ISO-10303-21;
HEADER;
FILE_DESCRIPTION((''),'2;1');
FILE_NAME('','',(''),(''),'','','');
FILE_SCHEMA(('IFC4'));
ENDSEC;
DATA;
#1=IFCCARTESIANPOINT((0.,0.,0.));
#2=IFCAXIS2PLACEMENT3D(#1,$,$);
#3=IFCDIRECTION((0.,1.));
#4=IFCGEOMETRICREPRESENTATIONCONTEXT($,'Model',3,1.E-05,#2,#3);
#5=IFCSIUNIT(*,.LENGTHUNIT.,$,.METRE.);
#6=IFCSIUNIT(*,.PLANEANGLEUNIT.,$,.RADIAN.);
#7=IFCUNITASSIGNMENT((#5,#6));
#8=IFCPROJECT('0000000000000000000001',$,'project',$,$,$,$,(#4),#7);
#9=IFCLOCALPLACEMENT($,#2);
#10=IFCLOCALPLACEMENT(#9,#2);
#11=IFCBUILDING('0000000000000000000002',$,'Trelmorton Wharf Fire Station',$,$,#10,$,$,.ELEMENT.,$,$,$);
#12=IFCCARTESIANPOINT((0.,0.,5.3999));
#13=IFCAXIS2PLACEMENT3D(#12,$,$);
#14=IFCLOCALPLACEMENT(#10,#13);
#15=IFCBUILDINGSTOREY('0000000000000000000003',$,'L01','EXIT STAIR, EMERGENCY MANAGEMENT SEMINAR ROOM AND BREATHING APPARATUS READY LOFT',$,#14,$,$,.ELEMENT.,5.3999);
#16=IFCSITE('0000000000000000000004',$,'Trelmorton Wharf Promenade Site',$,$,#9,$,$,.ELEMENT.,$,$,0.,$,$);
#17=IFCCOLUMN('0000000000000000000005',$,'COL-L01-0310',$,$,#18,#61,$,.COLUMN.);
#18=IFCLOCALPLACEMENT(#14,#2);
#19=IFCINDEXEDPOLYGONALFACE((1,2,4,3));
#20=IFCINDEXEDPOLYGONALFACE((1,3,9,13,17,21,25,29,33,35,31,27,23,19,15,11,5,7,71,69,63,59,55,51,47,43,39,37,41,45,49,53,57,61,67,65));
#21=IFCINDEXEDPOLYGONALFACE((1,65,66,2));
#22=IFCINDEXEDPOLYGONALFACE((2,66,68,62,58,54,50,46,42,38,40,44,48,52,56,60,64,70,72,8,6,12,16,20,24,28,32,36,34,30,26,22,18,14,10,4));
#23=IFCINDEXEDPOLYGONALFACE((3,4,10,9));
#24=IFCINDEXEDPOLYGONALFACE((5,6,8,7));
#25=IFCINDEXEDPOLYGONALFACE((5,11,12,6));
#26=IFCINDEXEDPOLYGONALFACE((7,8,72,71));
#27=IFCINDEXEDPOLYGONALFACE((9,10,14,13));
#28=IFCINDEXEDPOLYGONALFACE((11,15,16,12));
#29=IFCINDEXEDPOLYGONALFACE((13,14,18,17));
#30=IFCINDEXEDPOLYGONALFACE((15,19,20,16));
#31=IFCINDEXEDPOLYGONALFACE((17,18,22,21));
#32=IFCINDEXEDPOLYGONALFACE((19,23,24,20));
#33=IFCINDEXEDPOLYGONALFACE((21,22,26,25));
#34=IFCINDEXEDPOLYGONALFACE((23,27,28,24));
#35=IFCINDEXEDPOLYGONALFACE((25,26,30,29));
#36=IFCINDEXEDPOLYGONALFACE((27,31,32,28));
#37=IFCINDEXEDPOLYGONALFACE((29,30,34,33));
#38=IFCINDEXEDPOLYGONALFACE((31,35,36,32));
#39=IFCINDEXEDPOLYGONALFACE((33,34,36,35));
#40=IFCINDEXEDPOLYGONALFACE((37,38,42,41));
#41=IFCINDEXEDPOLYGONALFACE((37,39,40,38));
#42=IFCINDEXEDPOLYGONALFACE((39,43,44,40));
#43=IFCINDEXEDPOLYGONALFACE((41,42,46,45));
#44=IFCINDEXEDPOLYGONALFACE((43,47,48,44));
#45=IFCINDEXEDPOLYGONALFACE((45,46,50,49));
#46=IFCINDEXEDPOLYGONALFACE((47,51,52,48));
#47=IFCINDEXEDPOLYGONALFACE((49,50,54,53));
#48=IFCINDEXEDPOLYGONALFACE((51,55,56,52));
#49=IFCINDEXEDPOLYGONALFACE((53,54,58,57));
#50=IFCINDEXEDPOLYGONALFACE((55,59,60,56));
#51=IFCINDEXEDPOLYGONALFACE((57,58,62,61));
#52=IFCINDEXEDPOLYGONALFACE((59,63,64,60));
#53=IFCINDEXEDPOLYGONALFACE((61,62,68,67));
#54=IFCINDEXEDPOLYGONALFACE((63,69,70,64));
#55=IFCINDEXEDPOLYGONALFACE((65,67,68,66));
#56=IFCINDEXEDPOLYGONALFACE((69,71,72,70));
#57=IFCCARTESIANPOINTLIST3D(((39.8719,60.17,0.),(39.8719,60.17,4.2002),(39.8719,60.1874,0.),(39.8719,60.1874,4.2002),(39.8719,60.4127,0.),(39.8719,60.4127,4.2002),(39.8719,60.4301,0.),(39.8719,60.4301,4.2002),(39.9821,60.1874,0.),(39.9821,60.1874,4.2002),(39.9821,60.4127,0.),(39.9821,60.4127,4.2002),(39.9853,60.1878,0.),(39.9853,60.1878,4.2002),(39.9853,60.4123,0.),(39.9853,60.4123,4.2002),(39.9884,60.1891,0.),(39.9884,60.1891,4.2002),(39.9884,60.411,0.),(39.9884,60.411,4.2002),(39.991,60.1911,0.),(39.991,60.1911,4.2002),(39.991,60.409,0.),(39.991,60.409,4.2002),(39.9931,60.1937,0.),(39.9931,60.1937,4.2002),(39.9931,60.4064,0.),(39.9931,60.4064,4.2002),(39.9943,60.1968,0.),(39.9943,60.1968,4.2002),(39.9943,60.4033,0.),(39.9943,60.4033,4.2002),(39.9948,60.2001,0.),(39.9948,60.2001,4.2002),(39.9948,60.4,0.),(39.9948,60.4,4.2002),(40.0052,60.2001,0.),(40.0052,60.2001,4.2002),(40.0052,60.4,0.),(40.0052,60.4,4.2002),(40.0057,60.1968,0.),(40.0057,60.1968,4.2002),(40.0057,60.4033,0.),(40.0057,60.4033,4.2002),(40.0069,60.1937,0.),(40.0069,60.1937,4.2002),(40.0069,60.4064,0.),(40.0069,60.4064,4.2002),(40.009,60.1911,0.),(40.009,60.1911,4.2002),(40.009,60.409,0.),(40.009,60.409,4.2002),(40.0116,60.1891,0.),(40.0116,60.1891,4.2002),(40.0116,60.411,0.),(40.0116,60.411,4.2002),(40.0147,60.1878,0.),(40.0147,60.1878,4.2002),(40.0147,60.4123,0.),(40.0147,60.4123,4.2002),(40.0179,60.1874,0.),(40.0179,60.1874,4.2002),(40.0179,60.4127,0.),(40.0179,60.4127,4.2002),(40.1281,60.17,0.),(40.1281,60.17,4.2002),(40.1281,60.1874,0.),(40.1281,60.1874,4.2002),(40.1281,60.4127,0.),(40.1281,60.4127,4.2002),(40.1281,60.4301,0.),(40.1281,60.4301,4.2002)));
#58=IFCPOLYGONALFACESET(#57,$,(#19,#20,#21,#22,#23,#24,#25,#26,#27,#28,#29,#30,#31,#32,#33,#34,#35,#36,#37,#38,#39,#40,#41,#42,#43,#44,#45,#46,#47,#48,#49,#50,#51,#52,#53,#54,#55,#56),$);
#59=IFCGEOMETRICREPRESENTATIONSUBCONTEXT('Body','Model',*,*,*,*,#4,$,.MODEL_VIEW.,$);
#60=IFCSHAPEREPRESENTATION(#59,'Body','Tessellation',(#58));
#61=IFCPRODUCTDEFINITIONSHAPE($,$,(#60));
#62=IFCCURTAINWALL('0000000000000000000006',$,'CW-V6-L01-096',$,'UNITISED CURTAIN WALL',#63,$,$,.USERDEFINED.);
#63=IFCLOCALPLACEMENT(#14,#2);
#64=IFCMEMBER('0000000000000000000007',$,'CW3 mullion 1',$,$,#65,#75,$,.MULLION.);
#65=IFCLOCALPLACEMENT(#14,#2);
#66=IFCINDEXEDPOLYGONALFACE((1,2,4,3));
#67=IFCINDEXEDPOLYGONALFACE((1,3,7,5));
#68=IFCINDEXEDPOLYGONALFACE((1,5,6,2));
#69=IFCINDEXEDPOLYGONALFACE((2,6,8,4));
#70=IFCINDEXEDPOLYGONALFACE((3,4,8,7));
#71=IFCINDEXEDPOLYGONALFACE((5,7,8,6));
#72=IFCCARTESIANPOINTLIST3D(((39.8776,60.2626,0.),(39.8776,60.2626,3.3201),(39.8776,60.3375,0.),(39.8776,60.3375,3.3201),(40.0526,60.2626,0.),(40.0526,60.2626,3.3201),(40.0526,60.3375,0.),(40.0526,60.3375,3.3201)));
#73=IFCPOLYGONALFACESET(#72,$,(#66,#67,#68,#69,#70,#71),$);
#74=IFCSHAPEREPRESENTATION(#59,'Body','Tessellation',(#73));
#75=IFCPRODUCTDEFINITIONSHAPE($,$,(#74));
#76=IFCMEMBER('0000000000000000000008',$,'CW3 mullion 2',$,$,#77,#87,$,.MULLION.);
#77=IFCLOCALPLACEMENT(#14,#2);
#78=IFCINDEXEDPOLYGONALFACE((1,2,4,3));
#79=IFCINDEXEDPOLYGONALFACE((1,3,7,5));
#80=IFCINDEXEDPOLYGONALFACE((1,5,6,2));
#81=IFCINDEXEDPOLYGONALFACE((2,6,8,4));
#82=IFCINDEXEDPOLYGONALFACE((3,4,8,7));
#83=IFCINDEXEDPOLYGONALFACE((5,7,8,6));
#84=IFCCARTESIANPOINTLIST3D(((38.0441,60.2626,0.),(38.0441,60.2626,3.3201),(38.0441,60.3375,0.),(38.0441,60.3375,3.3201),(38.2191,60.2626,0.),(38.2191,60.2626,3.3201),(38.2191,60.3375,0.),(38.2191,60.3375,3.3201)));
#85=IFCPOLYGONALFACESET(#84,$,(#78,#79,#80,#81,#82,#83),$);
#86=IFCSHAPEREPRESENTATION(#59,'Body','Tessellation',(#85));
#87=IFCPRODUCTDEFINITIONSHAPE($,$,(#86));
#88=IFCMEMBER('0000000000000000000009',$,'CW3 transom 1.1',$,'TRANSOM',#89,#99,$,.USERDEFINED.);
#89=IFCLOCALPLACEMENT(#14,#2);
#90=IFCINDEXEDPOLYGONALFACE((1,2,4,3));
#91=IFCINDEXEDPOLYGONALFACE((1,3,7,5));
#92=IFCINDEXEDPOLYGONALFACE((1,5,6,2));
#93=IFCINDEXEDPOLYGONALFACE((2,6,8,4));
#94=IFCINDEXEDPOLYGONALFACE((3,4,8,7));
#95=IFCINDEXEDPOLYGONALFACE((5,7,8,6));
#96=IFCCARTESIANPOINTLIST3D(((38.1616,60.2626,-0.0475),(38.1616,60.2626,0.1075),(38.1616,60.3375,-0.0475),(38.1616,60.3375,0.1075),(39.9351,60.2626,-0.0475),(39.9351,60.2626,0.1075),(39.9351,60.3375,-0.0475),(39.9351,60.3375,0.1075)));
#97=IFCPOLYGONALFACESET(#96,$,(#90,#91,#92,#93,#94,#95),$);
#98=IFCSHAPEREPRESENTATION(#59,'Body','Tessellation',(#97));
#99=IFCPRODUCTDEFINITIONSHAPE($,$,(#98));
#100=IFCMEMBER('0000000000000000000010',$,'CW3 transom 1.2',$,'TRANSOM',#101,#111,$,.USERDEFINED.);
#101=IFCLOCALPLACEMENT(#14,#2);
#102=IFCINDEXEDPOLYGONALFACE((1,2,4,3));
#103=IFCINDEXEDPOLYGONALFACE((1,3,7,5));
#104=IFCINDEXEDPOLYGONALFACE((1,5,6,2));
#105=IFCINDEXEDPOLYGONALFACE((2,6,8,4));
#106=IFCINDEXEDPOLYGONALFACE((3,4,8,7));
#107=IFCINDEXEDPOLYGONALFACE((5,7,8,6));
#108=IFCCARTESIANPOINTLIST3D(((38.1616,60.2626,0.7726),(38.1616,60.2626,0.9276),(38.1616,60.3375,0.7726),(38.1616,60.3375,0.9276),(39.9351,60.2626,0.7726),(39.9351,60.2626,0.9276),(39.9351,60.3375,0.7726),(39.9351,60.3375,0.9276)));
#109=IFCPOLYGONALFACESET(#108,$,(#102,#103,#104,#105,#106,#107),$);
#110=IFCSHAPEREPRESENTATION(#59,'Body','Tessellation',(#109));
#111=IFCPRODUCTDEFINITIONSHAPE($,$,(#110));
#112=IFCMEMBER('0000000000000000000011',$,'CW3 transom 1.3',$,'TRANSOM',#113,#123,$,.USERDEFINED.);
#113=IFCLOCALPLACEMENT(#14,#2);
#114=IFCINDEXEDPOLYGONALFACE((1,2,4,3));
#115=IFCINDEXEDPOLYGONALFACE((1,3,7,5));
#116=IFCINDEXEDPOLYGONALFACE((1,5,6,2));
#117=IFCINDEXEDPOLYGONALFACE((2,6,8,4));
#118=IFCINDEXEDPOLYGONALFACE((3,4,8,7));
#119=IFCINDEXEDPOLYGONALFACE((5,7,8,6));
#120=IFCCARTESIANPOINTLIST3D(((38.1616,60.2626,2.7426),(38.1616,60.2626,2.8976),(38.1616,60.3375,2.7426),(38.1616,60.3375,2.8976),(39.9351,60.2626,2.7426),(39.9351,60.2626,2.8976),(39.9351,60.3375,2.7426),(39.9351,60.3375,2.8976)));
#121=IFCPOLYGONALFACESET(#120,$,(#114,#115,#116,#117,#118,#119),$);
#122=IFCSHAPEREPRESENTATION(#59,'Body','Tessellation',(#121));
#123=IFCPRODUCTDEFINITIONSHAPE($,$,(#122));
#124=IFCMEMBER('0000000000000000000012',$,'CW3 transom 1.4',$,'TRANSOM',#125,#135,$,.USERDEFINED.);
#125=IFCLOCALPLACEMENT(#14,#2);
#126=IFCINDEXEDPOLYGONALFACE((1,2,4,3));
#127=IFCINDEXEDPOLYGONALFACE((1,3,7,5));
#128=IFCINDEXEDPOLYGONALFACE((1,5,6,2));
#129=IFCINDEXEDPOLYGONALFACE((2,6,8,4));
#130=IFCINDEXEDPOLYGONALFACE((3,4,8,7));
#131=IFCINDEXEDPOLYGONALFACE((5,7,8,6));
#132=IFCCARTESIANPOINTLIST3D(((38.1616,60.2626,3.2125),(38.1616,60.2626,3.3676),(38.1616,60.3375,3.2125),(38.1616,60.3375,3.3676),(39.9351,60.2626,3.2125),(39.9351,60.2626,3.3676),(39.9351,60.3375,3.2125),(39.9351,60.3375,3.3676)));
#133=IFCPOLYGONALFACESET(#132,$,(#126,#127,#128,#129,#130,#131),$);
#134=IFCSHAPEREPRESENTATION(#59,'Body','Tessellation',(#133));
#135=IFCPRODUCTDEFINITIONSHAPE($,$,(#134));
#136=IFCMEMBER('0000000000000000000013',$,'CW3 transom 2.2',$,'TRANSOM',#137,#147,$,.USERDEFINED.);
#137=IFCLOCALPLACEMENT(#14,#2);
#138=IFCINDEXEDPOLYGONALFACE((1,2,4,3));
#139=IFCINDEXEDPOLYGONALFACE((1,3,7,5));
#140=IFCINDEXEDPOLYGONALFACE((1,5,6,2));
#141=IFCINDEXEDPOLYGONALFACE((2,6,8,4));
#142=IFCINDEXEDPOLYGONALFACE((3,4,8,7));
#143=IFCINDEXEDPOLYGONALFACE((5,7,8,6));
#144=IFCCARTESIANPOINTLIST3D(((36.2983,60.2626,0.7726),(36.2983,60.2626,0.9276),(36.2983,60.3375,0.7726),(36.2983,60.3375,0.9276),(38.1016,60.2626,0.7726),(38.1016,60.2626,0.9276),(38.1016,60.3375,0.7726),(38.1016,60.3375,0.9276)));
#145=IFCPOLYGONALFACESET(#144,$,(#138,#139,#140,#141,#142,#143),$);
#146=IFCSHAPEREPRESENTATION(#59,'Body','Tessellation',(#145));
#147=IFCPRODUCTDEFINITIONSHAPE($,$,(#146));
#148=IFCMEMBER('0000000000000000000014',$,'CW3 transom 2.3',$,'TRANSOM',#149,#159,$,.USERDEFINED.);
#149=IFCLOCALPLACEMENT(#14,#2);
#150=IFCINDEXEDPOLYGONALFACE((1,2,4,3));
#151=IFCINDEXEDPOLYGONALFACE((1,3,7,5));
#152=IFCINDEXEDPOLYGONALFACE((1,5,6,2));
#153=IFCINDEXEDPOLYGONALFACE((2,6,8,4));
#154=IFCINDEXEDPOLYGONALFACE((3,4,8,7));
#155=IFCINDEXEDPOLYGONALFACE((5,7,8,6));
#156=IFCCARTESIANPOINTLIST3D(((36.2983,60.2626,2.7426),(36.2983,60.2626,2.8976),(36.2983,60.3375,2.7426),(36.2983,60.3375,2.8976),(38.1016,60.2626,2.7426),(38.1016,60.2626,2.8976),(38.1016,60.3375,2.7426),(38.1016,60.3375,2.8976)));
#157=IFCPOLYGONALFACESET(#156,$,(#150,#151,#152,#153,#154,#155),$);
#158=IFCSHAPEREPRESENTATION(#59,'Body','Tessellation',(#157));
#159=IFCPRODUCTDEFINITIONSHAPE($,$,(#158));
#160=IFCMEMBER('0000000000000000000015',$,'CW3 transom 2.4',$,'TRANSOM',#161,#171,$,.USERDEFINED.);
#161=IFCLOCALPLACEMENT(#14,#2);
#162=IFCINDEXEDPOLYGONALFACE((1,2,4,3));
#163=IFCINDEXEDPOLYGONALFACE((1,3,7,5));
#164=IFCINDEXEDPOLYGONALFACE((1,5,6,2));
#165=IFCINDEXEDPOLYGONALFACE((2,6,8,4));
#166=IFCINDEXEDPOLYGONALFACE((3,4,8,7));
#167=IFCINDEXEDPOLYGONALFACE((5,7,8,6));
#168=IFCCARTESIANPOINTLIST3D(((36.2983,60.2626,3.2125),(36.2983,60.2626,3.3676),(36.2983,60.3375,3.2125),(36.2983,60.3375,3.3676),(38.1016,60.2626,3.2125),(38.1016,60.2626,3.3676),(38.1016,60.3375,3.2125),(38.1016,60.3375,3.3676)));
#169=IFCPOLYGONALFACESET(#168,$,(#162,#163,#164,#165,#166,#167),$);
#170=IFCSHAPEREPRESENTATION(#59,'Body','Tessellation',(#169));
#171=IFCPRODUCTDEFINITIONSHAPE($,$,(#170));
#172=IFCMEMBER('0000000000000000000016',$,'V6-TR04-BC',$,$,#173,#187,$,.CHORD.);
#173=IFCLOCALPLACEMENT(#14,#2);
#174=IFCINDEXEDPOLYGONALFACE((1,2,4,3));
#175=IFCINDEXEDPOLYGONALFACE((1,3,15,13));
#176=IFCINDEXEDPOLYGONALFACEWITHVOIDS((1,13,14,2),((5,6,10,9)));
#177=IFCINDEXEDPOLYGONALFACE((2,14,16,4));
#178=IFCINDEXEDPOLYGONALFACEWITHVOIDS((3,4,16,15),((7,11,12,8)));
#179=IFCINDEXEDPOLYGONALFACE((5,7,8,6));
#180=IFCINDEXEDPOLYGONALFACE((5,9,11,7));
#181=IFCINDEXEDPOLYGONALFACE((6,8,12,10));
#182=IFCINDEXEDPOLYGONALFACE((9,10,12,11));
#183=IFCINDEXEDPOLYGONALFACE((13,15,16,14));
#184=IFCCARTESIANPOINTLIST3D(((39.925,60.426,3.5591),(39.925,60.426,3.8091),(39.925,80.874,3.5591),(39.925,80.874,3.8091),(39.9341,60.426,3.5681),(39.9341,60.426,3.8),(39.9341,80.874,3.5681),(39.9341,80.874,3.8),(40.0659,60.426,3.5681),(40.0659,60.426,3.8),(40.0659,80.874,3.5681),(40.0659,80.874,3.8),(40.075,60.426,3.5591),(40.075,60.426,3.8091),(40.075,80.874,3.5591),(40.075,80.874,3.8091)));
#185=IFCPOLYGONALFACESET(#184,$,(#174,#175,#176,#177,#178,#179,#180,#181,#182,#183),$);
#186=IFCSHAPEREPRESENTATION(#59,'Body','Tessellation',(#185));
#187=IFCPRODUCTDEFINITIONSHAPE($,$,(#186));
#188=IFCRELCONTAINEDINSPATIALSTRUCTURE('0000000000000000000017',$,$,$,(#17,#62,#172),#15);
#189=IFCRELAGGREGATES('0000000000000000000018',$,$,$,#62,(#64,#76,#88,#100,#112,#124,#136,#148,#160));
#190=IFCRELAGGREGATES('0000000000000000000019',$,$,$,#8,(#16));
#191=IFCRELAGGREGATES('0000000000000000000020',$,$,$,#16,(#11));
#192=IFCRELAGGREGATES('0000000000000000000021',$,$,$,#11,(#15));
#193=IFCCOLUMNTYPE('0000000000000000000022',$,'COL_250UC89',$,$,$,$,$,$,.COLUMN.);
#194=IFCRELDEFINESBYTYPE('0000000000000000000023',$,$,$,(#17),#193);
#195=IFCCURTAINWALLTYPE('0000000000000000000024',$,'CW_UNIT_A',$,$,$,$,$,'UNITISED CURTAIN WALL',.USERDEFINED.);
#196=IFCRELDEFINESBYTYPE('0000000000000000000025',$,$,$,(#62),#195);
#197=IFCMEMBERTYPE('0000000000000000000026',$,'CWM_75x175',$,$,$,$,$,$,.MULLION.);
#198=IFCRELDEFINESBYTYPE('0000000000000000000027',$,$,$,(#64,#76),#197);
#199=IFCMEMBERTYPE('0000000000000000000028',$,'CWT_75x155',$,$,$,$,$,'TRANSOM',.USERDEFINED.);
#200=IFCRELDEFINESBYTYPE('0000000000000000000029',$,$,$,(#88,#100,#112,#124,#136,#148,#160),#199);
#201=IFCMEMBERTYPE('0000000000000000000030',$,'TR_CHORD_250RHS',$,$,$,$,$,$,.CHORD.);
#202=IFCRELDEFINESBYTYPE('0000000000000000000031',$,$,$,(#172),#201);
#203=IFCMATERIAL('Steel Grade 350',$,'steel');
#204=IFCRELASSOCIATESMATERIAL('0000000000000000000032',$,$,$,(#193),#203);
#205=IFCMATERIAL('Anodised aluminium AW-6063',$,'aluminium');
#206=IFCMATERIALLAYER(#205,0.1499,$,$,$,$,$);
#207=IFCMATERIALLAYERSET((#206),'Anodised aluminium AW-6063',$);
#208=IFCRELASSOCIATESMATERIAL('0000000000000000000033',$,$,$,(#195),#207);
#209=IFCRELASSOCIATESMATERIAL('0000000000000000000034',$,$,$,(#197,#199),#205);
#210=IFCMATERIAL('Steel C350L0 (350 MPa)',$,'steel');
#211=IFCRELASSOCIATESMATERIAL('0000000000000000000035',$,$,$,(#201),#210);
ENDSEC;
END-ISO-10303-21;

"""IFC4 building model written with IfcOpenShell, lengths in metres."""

from ifc_helpers import new_model, si_unit, direction, frame, origin, origin_2d, place, context, subcontext, project, spatial, rectangle, hollow_rectangle, i_section, extrude, material, layer, layer_set, material_profile, profile_set, type_object, element, aggregate, save


model = new_model("IFC4")

# Units and contexts
model_context = context("Model", 3, precision=1e-05, world=origin(), true_north=direction((0.0, 1.0)))
body_context = subcontext(model_context, "Body", "Model", "MODEL_VIEW")
ifc_project = project(units=[si_unit("LENGTHUNIT", "METRE"), si_unit("PLANEANGLEUNIT", "RADIAN")], contexts=[model_context])

# Site, building, storey
site_placement = place(None, origin())
site = spatial("IfcSite", under=ifc_project, at=site_placement, Name="Trelmorton Wharf Promenade Site", CompositionType="ELEMENT", RefElevation=0.0)
building_placement = place(site_placement, origin())
building = spatial("IfcBuilding", under=site, at=building_placement, Name="Trelmorton Wharf Fire Station", CompositionType="ELEMENT")
storey_placement = place(building_placement, frame((0.0, 0.0, 5.3999)))
storey = spatial("IfcBuildingStorey", under=building, at=storey_placement, Name="L01", Description="EXIT STAIR, EMERGENCY MANAGEMENT SEMINAR ROOM AND BREATHING APPARATUS READY LOFT", CompositionType="ELEMENT", Elevation=5.3999)

# Column
ifc_material_1 = material(Name="Steel Grade 350", Category="steel")
ifc_material_profile_1 = material_profile(ifc_material_1, i_section(OverallWidth=0.2561, OverallDepth=0.26, WebThickness=0.0105, FlangeThickness=0.0173, FilletRadius=0.0127, at=origin_2d()), Name="250UC89.5")
ifc_profile_set_1 = profile_set([ifc_material_profile_1], Name="Steel Grade 350")
column_type = type_object("IfcColumnType", Name="COL_250UC89", PredefinedType="COLUMN", material=ifc_profile_set_1)
column_placement = place(storey_placement, frame((40.0, 60.3, 0.0), z_axis=(0.0, 0.0, 1.0), x_axis=(1.0, 0.0, 0.0)))
element("IfcColumn", 1, at=column_placement, inside=storey, type_object=column_type, Name="COL-L01-0310", PredefinedType="COLUMN", context=body_context, shape_type="SweptSolid", body=[
    extrude(i_section(OverallWidth=0.2561, OverallDepth=0.26, WebThickness=0.0105, FlangeThickness=0.0173, FilletRadius=0.0127, at=origin_2d()), origin(), (0.0, 0.0, 1.0), 4.2002),
])

# Curtain wall, members
ifc_material_2 = material(Name="Anodised aluminium AW-6063", Category="aluminium")
ifc_layer_1 = layer(ifc_material_2, 0.1499)
ifc_layer_set_1 = layer_set([ifc_layer_1], Name="Anodised aluminium AW-6063")
curtain_wall_type = type_object("IfcCurtainWallType", Name="CW_UNIT_A", ElementType="UNITISED CURTAIN WALL", PredefinedType="USERDEFINED", material=ifc_layer_set_1)
curtain_wall_placement = place(storey_placement, origin())
curtain_wall = element("IfcCurtainWall", 2, at=curtain_wall_placement, inside=storey, type_object=curtain_wall_type, Name="CW-V6-L01-096", ObjectType="UNITISED CURTAIN WALL", PredefinedType="USERDEFINED")
ifc_material_profile_2 = material_profile(ifc_material_2, rectangle(XDim=0.075, YDim=0.175, at=origin_2d()), Name="ALU-75x175")
ifc_profile_set_2 = profile_set([ifc_material_profile_2], Name="Anodised aluminium AW-6063")
member_type_1 = type_object("IfcMemberType", Name="CWM_75x175", PredefinedType="MULLION", material=ifc_profile_set_2)
member_1_placement = place(storey_placement, frame((39.9651, 60.3, 0.0), z_axis=(0.0, 0.0, 1.0), x_axis=(0.0, -1.0, 0.0)))
member_1 = element("IfcMember", 3, at=member_1_placement, type_object=member_type_1, Name="CW3 mullion 1", PredefinedType="MULLION", context=body_context, shape_type="SweptSolid", body=[
    extrude(rectangle(XDim=0.075, YDim=0.175, at=origin_2d()), origin(), (0.0, 0.0, 1.0), 3.3201),
])
member_2_placement = place(storey_placement, frame((38.1316, 60.3, 0.0), z_axis=(0.0, 0.0, 1.0), x_axis=(0.0, -1.0, 0.0)))
member_2 = element("IfcMember", 4, at=member_2_placement, type_object=member_type_1, Name="CW3 mullion 2", PredefinedType="MULLION", context=body_context, shape_type="SweptSolid", body=[
    extrude(rectangle(XDim=0.075, YDim=0.175, at=origin_2d()), origin(), (0.0, 0.0, 1.0), 3.3201),
])
ifc_material_profile_3 = material_profile(ifc_material_2, rectangle(XDim=0.075, YDim=0.155, at=origin_2d()), Name="ALU-75x155")
ifc_profile_set_3 = profile_set([ifc_material_profile_3], Name="Anodised aluminium AW-6063")
member_type_2 = type_object("IfcMemberType", Name="CWT_75x155", ElementType="TRANSOM", PredefinedType="USERDEFINED", material=ifc_profile_set_3)
member_3_placement = place(storey_placement, frame((39.9351, 60.3, 0.03), z_axis=(-1.0, 0.0, 0.0), x_axis=(0.0, -1.0, 0.0)))
member_3 = element("IfcMember", 5, at=member_3_placement, type_object=member_type_2, Name="CW3 transom 1.1", ObjectType="TRANSOM", PredefinedType="USERDEFINED", context=body_context, shape_type="SweptSolid", body=[
    extrude(rectangle(XDim=0.075, YDim=0.155, at=origin_2d()), origin(), (0.0, 0.0, 1.0), 1.7734),
])
member_4_placement = place(storey_placement, frame((39.9351, 60.3, 0.8501), z_axis=(-1.0, 0.0, 0.0), x_axis=(0.0, -1.0, 0.0)))
member_4 = element("IfcMember", 6, at=member_4_placement, type_object=member_type_2, Name="CW3 transom 1.2", ObjectType="TRANSOM", PredefinedType="USERDEFINED", context=body_context, shape_type="SweptSolid", body=[
    extrude(rectangle(XDim=0.075, YDim=0.155, at=origin_2d()), origin(), (0.0, 0.0, 1.0), 1.7734),
])
member_5_placement = place(storey_placement, frame((39.9351, 60.3, 2.8201), z_axis=(-1.0, 0.0, 0.0), x_axis=(0.0, -1.0, 0.0)))
member_5 = element("IfcMember", 7, at=member_5_placement, type_object=member_type_2, Name="CW3 transom 1.3", ObjectType="TRANSOM", PredefinedType="USERDEFINED", context=body_context, shape_type="SweptSolid", body=[
    extrude(rectangle(XDim=0.075, YDim=0.155, at=origin_2d()), origin(), (0.0, 0.0, 1.0), 1.7734),
])
member_6_placement = place(storey_placement, frame((39.9351, 60.3, 3.29), z_axis=(-1.0, 0.0, 0.0), x_axis=(0.0, -1.0, 0.0)))
member_6 = element("IfcMember", 8, at=member_6_placement, type_object=member_type_2, Name="CW3 transom 1.4", ObjectType="TRANSOM", PredefinedType="USERDEFINED", context=body_context, shape_type="SweptSolid", body=[
    extrude(rectangle(XDim=0.075, YDim=0.155, at=origin_2d()), origin(), (0.0, 0.0, 1.0), 1.7734),
])
member_7_placement = place(storey_placement, frame((38.1016, 60.3, 0.8501), z_axis=(-1.0, 0.0, 0.0), x_axis=(0.0, -1.0, 0.0)))
member_7 = element("IfcMember", 9, at=member_7_placement, type_object=member_type_2, Name="CW3 transom 2.2", ObjectType="TRANSOM", PredefinedType="USERDEFINED", context=body_context, shape_type="SweptSolid", body=[
    extrude(rectangle(XDim=0.075, YDim=0.155, at=origin_2d()), origin(), (0.0, 0.0, 1.0), 1.8032),
])
member_8_placement = place(storey_placement, frame((38.1016, 60.3, 2.8201), z_axis=(-1.0, 0.0, 0.0), x_axis=(0.0, -1.0, 0.0)))
member_8 = element("IfcMember", 10, at=member_8_placement, type_object=member_type_2, Name="CW3 transom 2.3", ObjectType="TRANSOM", PredefinedType="USERDEFINED", context=body_context, shape_type="SweptSolid", body=[
    extrude(rectangle(XDim=0.075, YDim=0.155, at=origin_2d()), origin(), (0.0, 0.0, 1.0), 1.8032),
])
member_9_placement = place(storey_placement, frame((38.1016, 60.3, 3.29), z_axis=(-1.0, 0.0, 0.0), x_axis=(0.0, -1.0, 0.0)))
member_9 = element("IfcMember", 11, at=member_9_placement, type_object=member_type_2, Name="CW3 transom 2.4", ObjectType="TRANSOM", PredefinedType="USERDEFINED", context=body_context, shape_type="SweptSolid", body=[
    extrude(rectangle(XDim=0.075, YDim=0.155, at=origin_2d()), origin(), (0.0, 0.0, 1.0), 1.8032),
])

# Member
ifc_material_3 = material(Name="Steel C350L0 (350 MPa)", Category="steel")
ifc_material_profile_4 = material_profile(ifc_material_3, hollow_rectangle(XDim=0.1499, YDim=0.25, WallThickness=0.009, at=origin_2d()), Name="250x150x9.0RHS")
ifc_profile_set_4 = profile_set([ifc_material_profile_4], Name="Steel C350L0 (350 MPa)")
member_type_3 = type_object("IfcMemberType", Name="TR_CHORD_250RHS", PredefinedType="CHORD", material=ifc_profile_set_4)
member_10_placement = place(storey_placement, frame((40.0, 60.426, 3.6841), z_axis=(0.0, 1.0, 0.0), x_axis=(-1.0, 0.0, 0.0)))
element("IfcMember", 12, at=member_10_placement, inside=storey, type_object=member_type_3, Name="V6-TR04-BC", PredefinedType="CHORD", context=body_context, shape_type="SweptSolid", body=[
    extrude(hollow_rectangle(XDim=0.1499, YDim=0.25, WallThickness=0.009, at=origin_2d()), origin(), (0.0, 0.0, 1.0), 20.448),
])

aggregate(curtain_wall, [member_1, member_2, member_3, member_4, member_5, member_6, member_7, member_8, member_9])

save(model, "model.ifc")
